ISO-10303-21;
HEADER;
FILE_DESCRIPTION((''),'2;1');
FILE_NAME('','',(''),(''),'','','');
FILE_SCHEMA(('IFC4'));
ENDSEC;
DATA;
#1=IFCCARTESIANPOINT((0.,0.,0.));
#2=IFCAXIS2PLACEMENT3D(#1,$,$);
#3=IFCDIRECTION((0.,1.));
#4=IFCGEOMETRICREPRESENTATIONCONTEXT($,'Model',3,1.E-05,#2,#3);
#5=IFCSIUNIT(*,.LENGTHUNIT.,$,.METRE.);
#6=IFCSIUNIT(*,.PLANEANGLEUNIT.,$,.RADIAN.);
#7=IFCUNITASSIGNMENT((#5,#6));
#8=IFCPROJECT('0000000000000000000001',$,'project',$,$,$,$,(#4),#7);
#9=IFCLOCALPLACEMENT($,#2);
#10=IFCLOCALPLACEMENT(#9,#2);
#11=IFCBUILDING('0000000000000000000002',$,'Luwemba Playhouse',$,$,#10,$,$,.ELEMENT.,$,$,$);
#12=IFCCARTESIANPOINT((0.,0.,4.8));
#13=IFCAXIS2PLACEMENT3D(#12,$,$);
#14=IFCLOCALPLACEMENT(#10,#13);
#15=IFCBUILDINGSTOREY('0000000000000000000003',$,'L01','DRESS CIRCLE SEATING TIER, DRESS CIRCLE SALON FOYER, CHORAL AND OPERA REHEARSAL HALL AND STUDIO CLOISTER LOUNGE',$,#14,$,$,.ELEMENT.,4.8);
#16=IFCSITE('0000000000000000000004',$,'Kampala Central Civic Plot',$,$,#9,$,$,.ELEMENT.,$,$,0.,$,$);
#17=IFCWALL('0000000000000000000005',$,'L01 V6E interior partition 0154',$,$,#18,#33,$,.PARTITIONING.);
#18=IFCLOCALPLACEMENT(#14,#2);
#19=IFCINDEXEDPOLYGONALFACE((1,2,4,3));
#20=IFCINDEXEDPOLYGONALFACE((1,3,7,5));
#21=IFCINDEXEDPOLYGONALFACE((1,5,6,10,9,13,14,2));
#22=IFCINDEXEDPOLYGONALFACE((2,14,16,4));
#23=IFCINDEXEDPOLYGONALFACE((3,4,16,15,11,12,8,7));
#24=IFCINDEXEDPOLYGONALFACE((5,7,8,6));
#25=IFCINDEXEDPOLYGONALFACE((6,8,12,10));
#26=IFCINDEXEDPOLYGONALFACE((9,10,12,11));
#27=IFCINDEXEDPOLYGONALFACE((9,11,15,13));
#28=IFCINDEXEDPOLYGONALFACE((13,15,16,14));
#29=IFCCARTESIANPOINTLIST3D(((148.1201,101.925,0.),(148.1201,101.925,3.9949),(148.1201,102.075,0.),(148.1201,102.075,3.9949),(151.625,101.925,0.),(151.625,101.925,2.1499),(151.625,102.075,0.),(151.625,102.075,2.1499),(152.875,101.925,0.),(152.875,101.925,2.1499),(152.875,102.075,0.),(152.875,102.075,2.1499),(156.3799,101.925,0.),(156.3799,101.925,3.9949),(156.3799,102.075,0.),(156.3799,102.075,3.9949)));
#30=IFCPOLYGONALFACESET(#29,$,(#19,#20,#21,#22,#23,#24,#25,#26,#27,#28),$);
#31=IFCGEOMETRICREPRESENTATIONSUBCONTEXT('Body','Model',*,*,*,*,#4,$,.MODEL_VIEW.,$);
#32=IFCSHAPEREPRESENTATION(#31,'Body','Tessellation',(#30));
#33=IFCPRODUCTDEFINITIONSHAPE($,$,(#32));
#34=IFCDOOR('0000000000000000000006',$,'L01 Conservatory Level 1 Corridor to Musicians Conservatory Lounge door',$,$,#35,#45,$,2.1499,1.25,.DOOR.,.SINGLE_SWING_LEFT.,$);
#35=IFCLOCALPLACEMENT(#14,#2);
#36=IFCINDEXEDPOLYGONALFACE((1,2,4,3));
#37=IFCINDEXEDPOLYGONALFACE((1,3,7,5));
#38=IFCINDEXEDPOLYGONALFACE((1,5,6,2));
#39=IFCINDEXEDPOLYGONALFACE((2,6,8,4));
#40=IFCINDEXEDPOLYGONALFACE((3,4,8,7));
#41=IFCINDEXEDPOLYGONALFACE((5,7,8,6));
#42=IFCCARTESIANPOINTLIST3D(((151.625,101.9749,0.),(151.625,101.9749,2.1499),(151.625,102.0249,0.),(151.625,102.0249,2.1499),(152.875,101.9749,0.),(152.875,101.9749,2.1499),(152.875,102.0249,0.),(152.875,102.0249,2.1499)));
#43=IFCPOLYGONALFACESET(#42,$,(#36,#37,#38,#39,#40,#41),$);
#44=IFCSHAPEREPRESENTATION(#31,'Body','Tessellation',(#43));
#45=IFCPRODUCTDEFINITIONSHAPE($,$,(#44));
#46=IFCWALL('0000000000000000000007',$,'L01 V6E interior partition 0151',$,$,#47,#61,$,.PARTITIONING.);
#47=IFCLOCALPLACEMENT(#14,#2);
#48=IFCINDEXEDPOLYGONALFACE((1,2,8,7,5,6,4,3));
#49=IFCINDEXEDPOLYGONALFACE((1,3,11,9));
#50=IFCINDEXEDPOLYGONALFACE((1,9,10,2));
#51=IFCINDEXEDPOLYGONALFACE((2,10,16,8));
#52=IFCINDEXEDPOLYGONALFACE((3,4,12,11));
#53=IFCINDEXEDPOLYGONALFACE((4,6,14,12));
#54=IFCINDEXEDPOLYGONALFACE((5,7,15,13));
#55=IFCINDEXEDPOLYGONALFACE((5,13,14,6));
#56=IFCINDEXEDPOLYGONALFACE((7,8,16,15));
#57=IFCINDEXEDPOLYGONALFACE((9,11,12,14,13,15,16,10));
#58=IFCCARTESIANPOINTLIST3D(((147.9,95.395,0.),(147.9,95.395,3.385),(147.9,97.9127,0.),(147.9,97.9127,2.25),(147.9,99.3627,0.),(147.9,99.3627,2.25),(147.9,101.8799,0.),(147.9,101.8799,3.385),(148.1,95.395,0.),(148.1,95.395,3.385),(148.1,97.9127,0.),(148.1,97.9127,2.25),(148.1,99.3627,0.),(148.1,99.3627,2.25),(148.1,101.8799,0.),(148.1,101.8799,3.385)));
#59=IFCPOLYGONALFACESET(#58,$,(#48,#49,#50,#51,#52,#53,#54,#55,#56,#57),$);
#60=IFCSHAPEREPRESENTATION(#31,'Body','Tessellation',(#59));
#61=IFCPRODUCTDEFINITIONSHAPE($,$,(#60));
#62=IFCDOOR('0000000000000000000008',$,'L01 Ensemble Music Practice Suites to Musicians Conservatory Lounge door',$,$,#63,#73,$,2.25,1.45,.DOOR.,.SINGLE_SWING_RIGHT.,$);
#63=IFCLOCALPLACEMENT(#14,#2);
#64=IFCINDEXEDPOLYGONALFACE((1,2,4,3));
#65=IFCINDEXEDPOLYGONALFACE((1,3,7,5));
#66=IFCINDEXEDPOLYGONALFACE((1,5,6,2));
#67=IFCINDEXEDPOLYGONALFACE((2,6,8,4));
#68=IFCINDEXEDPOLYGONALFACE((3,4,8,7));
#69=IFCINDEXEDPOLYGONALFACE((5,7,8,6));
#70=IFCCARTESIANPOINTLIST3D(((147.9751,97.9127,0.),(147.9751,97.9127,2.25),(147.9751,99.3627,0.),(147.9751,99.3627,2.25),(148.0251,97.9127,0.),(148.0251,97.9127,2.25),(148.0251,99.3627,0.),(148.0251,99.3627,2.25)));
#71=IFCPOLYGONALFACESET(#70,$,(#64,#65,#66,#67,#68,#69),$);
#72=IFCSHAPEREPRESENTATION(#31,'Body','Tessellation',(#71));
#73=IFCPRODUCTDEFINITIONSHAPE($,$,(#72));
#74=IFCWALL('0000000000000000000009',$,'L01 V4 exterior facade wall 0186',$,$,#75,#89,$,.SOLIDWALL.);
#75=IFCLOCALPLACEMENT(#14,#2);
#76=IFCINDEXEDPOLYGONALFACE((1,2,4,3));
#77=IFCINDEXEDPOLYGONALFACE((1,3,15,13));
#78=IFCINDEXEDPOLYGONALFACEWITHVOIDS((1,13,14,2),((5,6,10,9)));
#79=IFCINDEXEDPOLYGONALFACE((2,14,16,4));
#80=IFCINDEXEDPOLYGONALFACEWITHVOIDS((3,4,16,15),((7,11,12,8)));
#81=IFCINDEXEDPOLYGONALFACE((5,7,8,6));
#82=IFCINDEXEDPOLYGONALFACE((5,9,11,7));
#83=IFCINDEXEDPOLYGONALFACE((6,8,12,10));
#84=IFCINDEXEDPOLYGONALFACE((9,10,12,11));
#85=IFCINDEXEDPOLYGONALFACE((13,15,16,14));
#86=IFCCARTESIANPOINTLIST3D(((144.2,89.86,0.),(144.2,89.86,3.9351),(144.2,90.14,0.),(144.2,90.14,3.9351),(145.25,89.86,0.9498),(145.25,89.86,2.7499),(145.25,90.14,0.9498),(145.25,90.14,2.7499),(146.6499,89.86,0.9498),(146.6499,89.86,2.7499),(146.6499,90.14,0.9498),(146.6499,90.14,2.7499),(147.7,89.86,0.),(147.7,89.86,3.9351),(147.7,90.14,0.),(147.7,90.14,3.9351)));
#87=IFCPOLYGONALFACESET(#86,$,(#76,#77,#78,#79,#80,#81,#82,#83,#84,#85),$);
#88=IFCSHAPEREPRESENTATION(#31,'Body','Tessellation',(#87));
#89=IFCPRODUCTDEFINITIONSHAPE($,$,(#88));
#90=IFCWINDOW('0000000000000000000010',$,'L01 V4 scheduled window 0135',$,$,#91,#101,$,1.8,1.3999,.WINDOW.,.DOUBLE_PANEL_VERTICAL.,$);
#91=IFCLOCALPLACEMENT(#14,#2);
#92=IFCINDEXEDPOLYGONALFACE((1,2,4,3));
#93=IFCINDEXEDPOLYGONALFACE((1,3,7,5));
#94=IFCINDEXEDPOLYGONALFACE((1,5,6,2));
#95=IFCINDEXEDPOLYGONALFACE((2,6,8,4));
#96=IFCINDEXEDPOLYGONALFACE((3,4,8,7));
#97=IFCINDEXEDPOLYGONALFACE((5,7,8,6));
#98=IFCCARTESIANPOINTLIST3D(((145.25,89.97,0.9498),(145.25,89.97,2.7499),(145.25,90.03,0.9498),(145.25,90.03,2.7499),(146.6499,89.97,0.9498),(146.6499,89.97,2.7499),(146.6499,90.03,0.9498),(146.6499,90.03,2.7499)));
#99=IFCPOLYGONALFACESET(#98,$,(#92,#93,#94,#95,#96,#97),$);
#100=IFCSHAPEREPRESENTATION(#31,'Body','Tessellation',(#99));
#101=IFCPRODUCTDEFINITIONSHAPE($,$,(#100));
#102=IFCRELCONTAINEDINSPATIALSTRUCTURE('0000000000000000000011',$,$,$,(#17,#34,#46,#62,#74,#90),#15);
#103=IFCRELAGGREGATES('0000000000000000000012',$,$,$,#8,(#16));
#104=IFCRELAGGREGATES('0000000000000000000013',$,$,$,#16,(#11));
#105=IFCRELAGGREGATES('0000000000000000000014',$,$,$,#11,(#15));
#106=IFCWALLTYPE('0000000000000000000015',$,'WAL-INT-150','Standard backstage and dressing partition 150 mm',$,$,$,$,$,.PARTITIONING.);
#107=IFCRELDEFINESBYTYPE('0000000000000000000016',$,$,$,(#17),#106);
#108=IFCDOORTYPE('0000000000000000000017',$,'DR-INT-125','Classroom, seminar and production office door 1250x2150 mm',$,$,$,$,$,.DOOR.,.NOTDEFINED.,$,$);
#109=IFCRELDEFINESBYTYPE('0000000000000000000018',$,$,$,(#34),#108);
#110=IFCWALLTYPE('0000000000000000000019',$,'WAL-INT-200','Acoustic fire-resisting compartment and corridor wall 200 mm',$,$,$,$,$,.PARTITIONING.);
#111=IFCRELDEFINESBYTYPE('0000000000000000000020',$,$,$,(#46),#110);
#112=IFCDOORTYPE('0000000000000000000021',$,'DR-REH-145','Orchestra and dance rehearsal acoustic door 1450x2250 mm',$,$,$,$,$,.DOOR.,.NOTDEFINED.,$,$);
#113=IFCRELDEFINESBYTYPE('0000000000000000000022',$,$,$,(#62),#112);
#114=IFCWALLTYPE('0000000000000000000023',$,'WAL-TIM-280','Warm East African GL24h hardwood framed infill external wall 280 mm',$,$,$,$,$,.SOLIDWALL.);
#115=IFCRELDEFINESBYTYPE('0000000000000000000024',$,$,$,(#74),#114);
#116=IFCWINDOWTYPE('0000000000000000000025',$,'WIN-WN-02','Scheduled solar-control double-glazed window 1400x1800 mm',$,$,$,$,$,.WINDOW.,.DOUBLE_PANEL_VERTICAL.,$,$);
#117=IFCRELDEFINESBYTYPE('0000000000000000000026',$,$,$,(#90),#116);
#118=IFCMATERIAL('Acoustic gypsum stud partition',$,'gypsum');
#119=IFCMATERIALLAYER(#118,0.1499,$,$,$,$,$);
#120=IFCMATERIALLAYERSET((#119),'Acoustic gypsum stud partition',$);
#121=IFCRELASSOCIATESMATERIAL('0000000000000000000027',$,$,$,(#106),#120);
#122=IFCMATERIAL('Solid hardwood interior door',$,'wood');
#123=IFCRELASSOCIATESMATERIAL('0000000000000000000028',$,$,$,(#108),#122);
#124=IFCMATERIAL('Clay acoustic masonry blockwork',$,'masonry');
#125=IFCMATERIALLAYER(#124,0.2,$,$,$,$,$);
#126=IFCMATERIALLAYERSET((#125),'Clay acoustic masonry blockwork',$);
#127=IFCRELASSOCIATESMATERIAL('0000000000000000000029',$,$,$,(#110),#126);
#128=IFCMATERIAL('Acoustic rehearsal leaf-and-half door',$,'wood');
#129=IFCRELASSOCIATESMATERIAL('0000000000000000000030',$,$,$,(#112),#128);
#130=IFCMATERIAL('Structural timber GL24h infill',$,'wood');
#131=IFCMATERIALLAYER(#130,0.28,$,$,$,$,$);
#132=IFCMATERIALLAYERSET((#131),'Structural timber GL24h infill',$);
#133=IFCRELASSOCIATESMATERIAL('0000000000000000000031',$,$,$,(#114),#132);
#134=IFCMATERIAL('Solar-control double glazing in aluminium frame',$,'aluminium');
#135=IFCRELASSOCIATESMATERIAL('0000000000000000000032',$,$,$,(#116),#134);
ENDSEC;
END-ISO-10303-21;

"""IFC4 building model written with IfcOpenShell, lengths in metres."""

from ifc_helpers import new_model, si_unit, direction, frame, frame_2d, origin, place, context, subcontext, project, spatial, rectangle, extrude, material, layer, layer_set, type_object, element, fill, save


model = new_model("IFC4")

# Units and contexts
model_context = context("Model", 3, precision=1e-05, world=origin(), true_north=direction((0.0, 1.0)))
body_context = subcontext(model_context, "Body", "Model", "MODEL_VIEW")
ifc_project = project(units=[si_unit("LENGTHUNIT", "METRE"), si_unit("PLANEANGLEUNIT", "RADIAN")], contexts=[model_context])

# Site, building, storey
site_placement = place(None, origin())
site = spatial("IfcSite", under=ifc_project, at=site_placement, Name="Kampala Central Civic Plot", CompositionType="ELEMENT", RefElevation=0.0)
building_placement = place(site_placement, origin())
building = spatial("IfcBuilding", under=site, at=building_placement, Name="Luwemba Playhouse", CompositionType="ELEMENT")
storey_placement = place(building_placement, frame((0.0, 0.0, 4.8)))
storey = spatial("IfcBuildingStorey", under=building, at=storey_placement, Name="L01", Description="DRESS CIRCLE SEATING TIER, DRESS CIRCLE SALON FOYER, CHORAL AND OPERA REHEARSAL HALL AND STUDIO CLOISTER LOUNGE", CompositionType="ELEMENT", Elevation=4.8)

# Shared definitions
ifc_material_1 = material(Name="Solar-control double glazing in aluminium frame", Category="aluminium")

# Walls, openings, doors
ifc_material_2 = material(Name="Acoustic gypsum stud partition", Category="gypsum")
ifc_layer_1 = layer(ifc_material_2, 0.1499)
ifc_layer_set_1 = layer_set([ifc_layer_1], Name="Acoustic gypsum stud partition")
wall_type_1 = type_object("IfcWallType", Name="WAL-INT-150", Description="Standard backstage and dressing partition 150 mm", PredefinedType="PARTITIONING", material=ifc_layer_set_1)
wall_1_placement = place(storey_placement, frame((148.1201, 102.0, 0.0), z_axis=(0.0, 0.0, 1.0), x_axis=(1.0, 0.0, 0.0)))
wall_1 = element("IfcWall", 1, at=wall_1_placement, inside=storey, type_object=wall_type_1, Name="L01 V6E interior partition 0154", PredefinedType="PARTITIONING", context=body_context, shape_type="SweptSolid", body=[
    extrude(rectangle(XDim=8.2598, YDim=0.1499, at=frame_2d((4.1299, 0.0))), origin(), (0.0, 0.0, 1.0), 3.9949),
])
opening_1_placement = place(wall_1_placement, frame((3.5049, 0.0, 0.0)))
opening_1 = element("IfcOpeningElement", 2, at=opening_1_placement, cuts=wall_1, PredefinedType="OPENING", context=body_context, shape_type="SweptSolid", body=[
    extrude(rectangle(XDim=1.25, YDim=2.1499, at=frame_2d((0.625, 1.075))), frame((0.0, 0.085, 0.0), z_axis=(0.0, -1.0, 0.0), x_axis=(1.0, 0.0, 0.0)), (0.0, 0.0, 1.0), 0.1699),
])
ifc_material_3 = material(Name="Solid hardwood interior door", Category="wood")
door_type_1 = type_object("IfcDoorType", Name="DR-INT-125", Description="Classroom, seminar and production office door 1250x2150 mm", OperationType="NOTDEFINED", PredefinedType="DOOR", material=ifc_material_3)
door_1_placement = place(opening_1_placement, origin())
door_1 = element("IfcDoor", 3, at=door_1_placement, inside=storey, type_object=door_type_1, Name="L01 Conservatory Level 1 Corridor to Musicians Conservatory Lounge door", OperationType="SINGLE_SWING_LEFT", OverallHeight=2.1499, OverallWidth=1.25, PredefinedType="DOOR", context=body_context, shape_type="SweptSolid", body=[
    extrude(rectangle(XDim=1.25, YDim=2.1499, at=frame_2d((0.625, 1.075))), frame((0.0, 0.0249, 0.0), z_axis=(0.0, -1.0, 0.0), x_axis=(1.0, 0.0, 0.0)), (0.0, 0.0, 1.0), 0.05),
])
fill(opening_1, door_1)
ifc_material_4 = material(Name="Clay acoustic masonry blockwork", Category="masonry")
ifc_layer_2 = layer(ifc_material_4, 0.2)
ifc_layer_set_2 = layer_set([ifc_layer_2], Name="Clay acoustic masonry blockwork")
wall_type_2 = type_object("IfcWallType", Name="WAL-INT-200", Description="Acoustic fire-resisting compartment and corridor wall 200 mm", PredefinedType="PARTITIONING", material=ifc_layer_set_2)
wall_2_placement = place(storey_placement, frame((148.0, 95.395, 0.0), z_axis=(0.0, 0.0, 1.0), x_axis=(0.0, 1.0, 0.0)))
wall_2 = element("IfcWall", 4, at=wall_2_placement, inside=storey, type_object=wall_type_2, Name="L01 V6E interior partition 0151", PredefinedType="PARTITIONING", context=body_context, shape_type="SweptSolid", body=[
    extrude(rectangle(XDim=6.4849, YDim=0.2, at=frame_2d((3.2424, 0.0))), origin(), (0.0, 0.0, 1.0), 3.385),
])
opening_2_placement = place(wall_2_placement, frame((2.5176, 0.0, 0.0)))
opening_2 = element("IfcOpeningElement", 5, at=opening_2_placement, cuts=wall_2, PredefinedType="OPENING", context=body_context, shape_type="SweptSolid", body=[
    extrude(rectangle(XDim=1.45, YDim=2.25, at=frame_2d((0.7251, 1.125))), frame((0.0, 0.1099, 0.0), z_axis=(0.0, -1.0, 0.0), x_axis=(1.0, 0.0, 0.0)), (0.0, 0.0, 1.0), 0.22),
])
ifc_material_5 = material(Name="Acoustic rehearsal leaf-and-half door", Category="wood")
door_type_2 = type_object("IfcDoorType", Name="DR-REH-145", Description="Orchestra and dance rehearsal acoustic door 1450x2250 mm", OperationType="NOTDEFINED", PredefinedType="DOOR", material=ifc_material_5)
door_2_placement = place(opening_2_placement, origin())
door_2 = element("IfcDoor", 6, at=door_2_placement, inside=storey, type_object=door_type_2, Name="L01 Ensemble Music Practice Suites to Musicians Conservatory Lounge door", OperationType="SINGLE_SWING_RIGHT", OverallHeight=2.25, OverallWidth=1.45, PredefinedType="DOOR", context=body_context, shape_type="SweptSolid", body=[
    extrude(rectangle(XDim=1.45, YDim=2.25, at=frame_2d((0.7251, 1.125))), frame((0.0, 0.0249, 0.0), z_axis=(0.0, -1.0, 0.0), x_axis=(1.0, 0.0, 0.0)), (0.0, 0.0, 1.0), 0.05),
])
fill(opening_2, door_2)

# Wall, opening, window
ifc_material_6 = material(Name="Structural timber GL24h infill", Category="wood")
ifc_layer_3 = layer(ifc_material_6, 0.28)
ifc_layer_set_3 = layer_set([ifc_layer_3], Name="Structural timber GL24h infill")
wall_type_3 = type_object("IfcWallType", Name="WAL-TIM-280", Description="Warm East African GL24h hardwood framed infill external wall 280 mm", PredefinedType="SOLIDWALL", material=ifc_layer_set_3)
wall_3_placement = place(storey_placement, frame((144.2, 90.0, 0.0), z_axis=(0.0, 0.0, 1.0), x_axis=(1.0, 0.0, 0.0)))
wall_3 = element("IfcWall", 7, at=wall_3_placement, inside=storey, type_object=wall_type_3, Name="L01 V4 exterior facade wall 0186", PredefinedType="SOLIDWALL", context=body_context, shape_type="SweptSolid", body=[
    extrude(rectangle(XDim=3.5, YDim=0.28, at=frame_2d((1.75, 0.0))), origin(), (0.0, 0.0, 1.0), 3.9351),
])
opening_3_placement = place(wall_3_placement, frame((1.05, 0.0, 0.95)))
opening_3 = element("IfcOpeningElement", 8, at=opening_3_placement, cuts=wall_3, PredefinedType="OPENING", context=body_context, shape_type="SweptSolid", body=[
    extrude(rectangle(XDim=1.3999, YDim=1.8, at=frame_2d((0.7, 0.8999))), frame((0.0, 0.1499, 0.0), z_axis=(0.0, -1.0, 0.0), x_axis=(1.0, 0.0, 0.0)), (0.0, 0.0, 1.0), 0.3),
])
window_type_1 = type_object("IfcWindowType", Name="WIN-WN-02", Description="Scheduled solar-control double-glazed window 1400x1800 mm", PartitioningType="DOUBLE_PANEL_VERTICAL", PredefinedType="WINDOW", material=ifc_material_1)
window_1_placement = place(opening_3_placement, origin())
window_1 = element("IfcWindow", 9, at=window_1_placement, inside=storey, type_object=window_type_1, Name="L01 V4 scheduled window 0135", OverallHeight=1.8, OverallWidth=1.3999, PartitioningType="DOUBLE_PANEL_VERTICAL", PredefinedType="WINDOW", context=body_context, shape_type="SweptSolid", body=[
    extrude(rectangle(XDim=1.3999, YDim=1.8, at=frame_2d((0.7, 0.8999))), frame((0.0, 0.03, 0.0), z_axis=(0.0, -1.0, 0.0), x_axis=(1.0, 0.0, 0.0)), (0.0, 0.0, 1.0), 0.0601),
])
fill(opening_3, window_1)

save(model, "model.ifc")
